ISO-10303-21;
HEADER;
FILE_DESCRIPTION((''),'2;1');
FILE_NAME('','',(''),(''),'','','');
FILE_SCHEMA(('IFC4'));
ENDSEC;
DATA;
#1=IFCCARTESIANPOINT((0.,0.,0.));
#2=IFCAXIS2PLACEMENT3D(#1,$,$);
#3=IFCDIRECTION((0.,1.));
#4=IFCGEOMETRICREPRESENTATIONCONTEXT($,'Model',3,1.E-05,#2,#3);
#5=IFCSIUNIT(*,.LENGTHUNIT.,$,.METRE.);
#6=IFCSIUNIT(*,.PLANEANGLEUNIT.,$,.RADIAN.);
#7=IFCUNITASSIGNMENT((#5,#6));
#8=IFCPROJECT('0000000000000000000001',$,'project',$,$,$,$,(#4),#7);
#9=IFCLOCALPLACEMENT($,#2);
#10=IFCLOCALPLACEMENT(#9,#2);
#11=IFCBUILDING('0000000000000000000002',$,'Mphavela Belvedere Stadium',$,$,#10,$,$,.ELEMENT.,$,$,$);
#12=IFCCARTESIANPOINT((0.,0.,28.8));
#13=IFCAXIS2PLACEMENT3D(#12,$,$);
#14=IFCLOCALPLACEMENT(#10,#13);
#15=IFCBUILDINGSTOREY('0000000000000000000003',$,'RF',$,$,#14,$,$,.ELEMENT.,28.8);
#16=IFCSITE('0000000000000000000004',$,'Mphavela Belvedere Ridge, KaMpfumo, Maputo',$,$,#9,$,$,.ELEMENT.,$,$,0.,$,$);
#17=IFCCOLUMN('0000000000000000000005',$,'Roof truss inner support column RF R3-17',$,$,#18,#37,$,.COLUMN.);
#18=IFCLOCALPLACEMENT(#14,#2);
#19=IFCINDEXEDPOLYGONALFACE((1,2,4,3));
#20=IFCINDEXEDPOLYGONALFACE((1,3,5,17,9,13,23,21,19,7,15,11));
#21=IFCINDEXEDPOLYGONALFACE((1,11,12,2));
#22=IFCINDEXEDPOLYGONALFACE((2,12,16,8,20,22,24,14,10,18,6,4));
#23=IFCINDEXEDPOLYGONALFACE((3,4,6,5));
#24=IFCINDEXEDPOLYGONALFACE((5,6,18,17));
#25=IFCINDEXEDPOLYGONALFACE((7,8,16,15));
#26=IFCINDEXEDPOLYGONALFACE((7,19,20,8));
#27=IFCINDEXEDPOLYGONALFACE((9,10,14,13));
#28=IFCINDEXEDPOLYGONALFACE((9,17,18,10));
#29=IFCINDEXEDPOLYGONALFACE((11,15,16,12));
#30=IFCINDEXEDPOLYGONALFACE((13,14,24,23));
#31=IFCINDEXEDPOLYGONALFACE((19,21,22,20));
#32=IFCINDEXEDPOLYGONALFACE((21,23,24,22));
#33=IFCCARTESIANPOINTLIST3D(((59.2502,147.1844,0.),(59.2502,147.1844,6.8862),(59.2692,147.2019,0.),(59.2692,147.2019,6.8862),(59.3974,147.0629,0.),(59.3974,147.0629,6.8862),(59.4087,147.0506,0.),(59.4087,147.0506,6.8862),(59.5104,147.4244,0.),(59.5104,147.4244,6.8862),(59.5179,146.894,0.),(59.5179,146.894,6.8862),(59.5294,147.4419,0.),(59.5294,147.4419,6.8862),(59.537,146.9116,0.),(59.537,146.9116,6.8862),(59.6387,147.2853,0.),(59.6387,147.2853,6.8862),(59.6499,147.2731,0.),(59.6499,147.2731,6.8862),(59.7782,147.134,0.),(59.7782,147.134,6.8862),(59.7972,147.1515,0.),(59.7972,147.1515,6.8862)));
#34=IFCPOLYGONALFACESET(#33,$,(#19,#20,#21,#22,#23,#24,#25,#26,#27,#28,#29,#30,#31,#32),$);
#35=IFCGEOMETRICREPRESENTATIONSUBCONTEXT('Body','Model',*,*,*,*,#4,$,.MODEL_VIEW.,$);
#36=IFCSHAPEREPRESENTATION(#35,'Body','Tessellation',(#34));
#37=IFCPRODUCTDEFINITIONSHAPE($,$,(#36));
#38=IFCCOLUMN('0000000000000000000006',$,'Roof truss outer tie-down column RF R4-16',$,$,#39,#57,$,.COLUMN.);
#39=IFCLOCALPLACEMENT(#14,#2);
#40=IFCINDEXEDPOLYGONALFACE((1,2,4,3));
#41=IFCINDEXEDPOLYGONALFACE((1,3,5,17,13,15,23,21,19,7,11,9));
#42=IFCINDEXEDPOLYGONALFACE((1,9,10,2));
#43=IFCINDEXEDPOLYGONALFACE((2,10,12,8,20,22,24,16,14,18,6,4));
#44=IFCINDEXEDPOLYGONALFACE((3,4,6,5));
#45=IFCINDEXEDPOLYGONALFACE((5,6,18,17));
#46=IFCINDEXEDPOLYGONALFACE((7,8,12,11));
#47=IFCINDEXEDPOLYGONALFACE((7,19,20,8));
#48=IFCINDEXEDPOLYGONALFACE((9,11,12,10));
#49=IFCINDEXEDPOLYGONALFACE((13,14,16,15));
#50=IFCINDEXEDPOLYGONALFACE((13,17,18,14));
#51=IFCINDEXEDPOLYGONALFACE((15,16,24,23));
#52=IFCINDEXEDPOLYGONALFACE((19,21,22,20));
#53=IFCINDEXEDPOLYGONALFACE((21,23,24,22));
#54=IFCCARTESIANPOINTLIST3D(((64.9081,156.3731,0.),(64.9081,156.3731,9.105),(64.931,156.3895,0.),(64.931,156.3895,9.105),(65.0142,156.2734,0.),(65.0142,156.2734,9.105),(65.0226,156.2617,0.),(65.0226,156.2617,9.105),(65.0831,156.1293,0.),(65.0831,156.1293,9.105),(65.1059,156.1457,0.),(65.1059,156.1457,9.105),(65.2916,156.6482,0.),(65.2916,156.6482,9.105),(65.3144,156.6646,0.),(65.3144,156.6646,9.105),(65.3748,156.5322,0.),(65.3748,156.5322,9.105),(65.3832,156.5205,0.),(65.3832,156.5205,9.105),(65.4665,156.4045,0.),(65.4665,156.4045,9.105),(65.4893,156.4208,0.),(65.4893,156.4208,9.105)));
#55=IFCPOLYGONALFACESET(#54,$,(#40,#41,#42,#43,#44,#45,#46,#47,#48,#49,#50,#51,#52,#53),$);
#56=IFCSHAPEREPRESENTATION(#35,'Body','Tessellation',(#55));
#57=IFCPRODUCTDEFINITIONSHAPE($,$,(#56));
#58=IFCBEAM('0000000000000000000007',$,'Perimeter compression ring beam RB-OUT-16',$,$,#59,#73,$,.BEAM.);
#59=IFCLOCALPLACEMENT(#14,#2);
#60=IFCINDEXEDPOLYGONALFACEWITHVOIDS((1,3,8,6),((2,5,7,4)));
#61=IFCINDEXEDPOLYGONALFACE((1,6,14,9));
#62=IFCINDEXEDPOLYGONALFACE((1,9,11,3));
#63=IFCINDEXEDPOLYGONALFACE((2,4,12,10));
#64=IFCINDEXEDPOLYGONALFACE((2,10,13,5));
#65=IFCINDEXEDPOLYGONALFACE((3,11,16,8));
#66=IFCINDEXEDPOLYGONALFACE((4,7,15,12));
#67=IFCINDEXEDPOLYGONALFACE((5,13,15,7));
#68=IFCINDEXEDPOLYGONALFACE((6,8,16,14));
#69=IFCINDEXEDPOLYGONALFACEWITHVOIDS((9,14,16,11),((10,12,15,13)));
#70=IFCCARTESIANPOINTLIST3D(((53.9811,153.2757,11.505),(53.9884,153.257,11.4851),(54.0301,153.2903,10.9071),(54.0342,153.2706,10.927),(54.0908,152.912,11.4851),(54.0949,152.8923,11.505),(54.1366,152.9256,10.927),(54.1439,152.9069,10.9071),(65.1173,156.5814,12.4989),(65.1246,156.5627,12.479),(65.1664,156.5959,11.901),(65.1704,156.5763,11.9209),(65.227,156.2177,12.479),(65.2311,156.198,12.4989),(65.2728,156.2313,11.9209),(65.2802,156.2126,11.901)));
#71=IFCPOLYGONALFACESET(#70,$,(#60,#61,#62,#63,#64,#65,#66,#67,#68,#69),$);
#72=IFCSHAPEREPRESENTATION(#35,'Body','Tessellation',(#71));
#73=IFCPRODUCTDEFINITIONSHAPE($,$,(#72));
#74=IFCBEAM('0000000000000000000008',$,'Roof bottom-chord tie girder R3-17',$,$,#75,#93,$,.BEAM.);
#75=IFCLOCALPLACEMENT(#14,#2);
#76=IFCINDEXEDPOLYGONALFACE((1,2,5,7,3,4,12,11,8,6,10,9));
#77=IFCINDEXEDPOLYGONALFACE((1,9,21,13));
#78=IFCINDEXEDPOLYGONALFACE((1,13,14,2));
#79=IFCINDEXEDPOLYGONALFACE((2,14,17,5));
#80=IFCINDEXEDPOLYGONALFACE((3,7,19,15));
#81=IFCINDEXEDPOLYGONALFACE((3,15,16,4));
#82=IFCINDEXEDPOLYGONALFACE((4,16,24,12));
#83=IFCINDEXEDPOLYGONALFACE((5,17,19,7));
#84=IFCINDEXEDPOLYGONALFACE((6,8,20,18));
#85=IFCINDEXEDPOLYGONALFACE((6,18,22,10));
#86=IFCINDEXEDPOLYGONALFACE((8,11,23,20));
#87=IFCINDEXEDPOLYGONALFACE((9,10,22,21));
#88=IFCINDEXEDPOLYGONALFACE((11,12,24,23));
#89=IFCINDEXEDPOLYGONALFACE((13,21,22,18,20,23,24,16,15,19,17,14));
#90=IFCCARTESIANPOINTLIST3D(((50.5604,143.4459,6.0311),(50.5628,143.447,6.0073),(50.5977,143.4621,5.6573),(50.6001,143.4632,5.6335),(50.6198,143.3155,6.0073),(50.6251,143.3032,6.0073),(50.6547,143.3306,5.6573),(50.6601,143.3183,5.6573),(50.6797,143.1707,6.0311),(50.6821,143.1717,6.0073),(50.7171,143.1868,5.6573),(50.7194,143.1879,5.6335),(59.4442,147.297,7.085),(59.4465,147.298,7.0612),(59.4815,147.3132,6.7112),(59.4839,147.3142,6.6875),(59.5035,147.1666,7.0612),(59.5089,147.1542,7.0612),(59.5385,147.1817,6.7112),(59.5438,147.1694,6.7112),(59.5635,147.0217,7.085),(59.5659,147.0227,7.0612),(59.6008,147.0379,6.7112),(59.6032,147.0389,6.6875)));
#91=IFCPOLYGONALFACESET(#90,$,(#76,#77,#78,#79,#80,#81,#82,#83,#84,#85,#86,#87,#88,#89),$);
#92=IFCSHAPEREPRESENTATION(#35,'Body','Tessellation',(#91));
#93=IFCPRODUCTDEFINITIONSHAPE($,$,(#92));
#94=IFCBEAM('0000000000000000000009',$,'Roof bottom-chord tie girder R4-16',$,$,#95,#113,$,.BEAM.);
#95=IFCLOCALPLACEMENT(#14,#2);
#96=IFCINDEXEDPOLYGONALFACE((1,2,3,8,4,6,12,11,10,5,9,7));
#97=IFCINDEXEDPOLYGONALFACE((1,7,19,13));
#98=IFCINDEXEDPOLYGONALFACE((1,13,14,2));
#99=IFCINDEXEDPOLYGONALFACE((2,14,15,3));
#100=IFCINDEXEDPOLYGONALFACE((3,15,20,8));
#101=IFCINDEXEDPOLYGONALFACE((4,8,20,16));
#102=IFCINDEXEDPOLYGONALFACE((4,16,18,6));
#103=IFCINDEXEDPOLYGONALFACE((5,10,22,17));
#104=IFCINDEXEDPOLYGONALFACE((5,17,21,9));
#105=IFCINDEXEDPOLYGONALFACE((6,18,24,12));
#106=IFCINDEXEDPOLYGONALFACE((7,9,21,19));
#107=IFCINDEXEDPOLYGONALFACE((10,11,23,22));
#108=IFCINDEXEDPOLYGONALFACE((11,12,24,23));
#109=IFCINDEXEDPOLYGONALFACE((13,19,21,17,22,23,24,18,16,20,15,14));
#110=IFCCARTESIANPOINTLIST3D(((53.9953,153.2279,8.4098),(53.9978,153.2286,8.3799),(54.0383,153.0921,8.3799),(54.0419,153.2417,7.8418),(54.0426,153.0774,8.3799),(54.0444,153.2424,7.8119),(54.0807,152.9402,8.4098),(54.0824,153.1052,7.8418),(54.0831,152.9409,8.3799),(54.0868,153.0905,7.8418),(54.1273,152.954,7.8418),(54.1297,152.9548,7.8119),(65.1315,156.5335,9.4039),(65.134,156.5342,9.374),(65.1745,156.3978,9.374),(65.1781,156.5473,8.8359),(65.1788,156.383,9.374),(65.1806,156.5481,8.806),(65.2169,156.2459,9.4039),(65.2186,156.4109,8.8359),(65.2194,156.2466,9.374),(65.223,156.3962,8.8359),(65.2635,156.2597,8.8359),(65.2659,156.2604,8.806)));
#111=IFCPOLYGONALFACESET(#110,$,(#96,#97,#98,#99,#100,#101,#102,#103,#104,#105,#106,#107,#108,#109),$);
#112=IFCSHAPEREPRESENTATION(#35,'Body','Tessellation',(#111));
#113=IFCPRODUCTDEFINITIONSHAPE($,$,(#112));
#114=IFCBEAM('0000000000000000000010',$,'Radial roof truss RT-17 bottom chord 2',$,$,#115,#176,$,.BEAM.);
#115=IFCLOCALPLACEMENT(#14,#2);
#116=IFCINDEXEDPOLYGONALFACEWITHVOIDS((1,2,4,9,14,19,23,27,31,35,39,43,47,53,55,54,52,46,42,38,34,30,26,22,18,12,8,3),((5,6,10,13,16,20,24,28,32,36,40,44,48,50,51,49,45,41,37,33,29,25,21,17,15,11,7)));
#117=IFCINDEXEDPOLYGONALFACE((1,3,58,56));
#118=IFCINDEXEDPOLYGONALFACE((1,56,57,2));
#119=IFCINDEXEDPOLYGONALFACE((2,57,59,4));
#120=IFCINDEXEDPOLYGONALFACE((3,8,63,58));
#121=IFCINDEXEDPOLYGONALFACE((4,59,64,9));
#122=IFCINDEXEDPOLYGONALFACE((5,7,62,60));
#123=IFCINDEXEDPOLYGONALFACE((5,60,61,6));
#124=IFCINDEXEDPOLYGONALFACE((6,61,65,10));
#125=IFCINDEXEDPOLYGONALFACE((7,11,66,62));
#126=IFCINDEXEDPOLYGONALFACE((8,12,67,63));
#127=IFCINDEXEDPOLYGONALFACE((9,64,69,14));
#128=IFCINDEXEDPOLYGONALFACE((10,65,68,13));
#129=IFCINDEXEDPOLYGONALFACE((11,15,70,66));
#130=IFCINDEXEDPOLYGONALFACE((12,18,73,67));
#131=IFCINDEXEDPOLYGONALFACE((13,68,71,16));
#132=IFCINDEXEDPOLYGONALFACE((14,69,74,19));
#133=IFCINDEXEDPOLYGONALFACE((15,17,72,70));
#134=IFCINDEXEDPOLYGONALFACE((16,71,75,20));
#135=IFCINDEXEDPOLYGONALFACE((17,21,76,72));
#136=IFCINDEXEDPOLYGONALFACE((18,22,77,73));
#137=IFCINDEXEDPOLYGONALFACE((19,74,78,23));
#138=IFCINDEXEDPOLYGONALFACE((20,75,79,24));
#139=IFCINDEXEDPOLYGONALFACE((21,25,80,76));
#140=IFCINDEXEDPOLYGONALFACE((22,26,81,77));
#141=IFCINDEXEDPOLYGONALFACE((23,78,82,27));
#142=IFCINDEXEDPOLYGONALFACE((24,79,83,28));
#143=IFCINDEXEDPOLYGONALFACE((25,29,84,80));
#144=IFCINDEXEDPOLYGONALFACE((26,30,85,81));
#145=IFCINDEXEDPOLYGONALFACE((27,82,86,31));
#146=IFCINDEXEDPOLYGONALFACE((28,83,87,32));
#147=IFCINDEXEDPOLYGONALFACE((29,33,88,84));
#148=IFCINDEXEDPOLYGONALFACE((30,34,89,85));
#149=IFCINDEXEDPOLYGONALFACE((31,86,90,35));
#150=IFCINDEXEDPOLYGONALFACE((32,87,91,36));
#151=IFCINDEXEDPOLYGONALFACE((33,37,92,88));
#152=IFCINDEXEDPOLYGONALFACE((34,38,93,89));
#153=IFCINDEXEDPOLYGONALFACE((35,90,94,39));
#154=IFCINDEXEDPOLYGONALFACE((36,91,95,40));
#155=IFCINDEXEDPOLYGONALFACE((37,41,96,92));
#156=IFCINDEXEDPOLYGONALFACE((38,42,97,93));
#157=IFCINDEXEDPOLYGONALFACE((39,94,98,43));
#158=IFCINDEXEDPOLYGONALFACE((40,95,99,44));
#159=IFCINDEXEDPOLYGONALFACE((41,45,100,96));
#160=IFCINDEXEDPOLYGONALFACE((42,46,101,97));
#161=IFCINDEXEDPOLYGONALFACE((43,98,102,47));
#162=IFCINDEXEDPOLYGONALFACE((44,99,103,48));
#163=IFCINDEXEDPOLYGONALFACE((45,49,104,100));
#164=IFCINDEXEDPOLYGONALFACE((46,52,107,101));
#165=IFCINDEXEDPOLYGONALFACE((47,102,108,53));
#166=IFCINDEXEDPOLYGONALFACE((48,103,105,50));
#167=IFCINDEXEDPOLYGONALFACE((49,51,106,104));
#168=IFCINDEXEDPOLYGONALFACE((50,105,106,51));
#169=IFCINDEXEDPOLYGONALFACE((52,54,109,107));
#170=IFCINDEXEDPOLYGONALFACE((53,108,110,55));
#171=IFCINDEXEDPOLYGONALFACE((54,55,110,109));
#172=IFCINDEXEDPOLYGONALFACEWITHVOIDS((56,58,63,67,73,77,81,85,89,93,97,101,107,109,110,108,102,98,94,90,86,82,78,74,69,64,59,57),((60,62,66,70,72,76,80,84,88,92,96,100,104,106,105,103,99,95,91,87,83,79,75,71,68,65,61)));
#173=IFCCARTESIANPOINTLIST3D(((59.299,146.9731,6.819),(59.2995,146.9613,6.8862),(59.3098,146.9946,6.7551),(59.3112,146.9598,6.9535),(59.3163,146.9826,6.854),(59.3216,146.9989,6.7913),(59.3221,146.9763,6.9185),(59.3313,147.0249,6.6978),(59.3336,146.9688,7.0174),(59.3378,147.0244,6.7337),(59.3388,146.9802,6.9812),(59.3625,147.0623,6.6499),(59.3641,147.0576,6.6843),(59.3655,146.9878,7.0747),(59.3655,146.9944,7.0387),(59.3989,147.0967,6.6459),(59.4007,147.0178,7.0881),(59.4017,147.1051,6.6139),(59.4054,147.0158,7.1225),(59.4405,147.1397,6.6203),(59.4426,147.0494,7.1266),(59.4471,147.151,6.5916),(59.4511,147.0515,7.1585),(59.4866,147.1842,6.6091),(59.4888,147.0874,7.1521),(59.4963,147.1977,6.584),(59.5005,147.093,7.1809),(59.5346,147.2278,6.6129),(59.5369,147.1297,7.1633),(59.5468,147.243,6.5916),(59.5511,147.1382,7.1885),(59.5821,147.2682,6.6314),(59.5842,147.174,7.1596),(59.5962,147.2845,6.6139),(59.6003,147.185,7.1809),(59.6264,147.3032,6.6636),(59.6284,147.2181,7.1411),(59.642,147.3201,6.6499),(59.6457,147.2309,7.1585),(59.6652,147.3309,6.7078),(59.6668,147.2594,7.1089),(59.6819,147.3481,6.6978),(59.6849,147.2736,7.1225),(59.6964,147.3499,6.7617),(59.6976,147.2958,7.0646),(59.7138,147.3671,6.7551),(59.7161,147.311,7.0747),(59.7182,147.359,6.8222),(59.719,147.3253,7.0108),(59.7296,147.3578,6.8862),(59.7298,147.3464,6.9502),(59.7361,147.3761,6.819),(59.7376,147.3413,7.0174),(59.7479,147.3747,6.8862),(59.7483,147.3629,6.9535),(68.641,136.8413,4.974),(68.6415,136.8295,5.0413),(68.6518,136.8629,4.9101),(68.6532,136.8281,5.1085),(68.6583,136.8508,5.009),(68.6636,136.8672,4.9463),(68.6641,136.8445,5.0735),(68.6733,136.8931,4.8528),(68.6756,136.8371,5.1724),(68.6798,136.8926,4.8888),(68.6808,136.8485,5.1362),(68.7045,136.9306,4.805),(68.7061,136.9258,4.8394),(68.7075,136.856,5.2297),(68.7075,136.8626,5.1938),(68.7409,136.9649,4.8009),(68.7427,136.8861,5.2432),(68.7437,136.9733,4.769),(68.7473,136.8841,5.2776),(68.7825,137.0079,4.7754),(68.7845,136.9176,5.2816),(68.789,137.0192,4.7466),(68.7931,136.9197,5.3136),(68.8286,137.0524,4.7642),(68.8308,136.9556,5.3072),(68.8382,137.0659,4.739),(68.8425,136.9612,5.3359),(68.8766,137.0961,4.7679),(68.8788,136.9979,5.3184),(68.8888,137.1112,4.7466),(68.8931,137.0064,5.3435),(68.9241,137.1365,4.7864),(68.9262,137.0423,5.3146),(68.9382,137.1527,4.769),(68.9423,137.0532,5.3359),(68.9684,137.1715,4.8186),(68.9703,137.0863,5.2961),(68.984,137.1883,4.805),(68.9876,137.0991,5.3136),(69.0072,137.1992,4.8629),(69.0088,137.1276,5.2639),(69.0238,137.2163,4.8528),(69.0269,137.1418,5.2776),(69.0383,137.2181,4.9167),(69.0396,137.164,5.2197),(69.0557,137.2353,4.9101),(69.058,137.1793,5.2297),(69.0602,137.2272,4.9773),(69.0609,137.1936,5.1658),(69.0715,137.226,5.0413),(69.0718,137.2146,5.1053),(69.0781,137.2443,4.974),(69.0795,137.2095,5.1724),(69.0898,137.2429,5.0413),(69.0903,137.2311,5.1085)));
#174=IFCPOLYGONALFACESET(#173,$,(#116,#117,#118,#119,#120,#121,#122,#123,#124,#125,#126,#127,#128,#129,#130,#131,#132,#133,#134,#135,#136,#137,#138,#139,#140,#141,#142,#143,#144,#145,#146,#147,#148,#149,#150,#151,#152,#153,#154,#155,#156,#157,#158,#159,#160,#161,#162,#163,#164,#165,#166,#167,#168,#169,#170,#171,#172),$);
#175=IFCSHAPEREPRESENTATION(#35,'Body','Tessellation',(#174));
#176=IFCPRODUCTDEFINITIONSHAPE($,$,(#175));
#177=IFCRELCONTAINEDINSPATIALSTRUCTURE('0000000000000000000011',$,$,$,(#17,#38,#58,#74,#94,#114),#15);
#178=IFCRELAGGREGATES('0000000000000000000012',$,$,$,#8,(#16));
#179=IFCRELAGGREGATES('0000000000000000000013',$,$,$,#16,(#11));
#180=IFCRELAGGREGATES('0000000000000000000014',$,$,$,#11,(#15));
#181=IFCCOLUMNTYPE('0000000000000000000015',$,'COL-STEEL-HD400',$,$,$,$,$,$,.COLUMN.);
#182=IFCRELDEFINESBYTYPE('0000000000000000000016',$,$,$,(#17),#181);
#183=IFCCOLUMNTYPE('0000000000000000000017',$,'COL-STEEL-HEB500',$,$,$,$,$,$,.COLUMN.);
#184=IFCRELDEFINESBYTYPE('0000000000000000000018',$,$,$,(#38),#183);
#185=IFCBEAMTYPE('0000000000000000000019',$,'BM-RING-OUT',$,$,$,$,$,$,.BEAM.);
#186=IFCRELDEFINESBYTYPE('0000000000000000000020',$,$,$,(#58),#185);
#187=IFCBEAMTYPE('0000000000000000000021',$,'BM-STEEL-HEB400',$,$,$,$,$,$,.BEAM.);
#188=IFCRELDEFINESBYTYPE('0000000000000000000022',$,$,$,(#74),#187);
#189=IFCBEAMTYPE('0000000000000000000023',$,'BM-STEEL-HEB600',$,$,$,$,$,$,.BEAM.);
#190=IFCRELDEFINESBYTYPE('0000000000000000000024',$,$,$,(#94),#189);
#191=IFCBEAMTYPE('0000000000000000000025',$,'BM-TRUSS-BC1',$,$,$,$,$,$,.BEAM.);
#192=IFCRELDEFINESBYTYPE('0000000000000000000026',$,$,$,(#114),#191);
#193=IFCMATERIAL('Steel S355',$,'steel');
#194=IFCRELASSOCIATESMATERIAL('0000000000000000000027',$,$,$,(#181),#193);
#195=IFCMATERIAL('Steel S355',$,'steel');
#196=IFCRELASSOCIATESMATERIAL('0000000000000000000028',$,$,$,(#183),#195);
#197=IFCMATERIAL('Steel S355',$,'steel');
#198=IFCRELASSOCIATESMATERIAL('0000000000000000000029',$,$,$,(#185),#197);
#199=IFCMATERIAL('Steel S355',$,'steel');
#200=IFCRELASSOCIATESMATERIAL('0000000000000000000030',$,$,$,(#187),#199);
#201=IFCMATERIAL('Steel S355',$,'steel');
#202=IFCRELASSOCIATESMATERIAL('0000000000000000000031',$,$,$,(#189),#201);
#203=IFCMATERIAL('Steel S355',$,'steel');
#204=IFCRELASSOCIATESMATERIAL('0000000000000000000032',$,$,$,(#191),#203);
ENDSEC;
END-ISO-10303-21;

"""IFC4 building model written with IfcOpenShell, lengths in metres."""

from ifc_helpers import new_model, si_unit, direction, frame, origin, origin_2d, place, context, subcontext, project, spatial, hollow_rectangle, hollow_circle, i_section, extrude, material, material_profile, profile_set, type_object, element, save


model = new_model("IFC4")

# Units and contexts
model_context = context("Model", 3, precision=1e-05, world=origin(), true_north=direction((0.0, 1.0)))
body_context = subcontext(model_context, "Body", "Model", "MODEL_VIEW")
ifc_project = project(units=[si_unit("LENGTHUNIT", "METRE"), si_unit("PLANEANGLEUNIT", "RADIAN")], contexts=[model_context])

# Site, building, storey
site_placement = place(None, origin())
site = spatial("IfcSite", under=ifc_project, at=site_placement, Name="Mphavela Belvedere Ridge, KaMpfumo, Maputo", CompositionType="ELEMENT", RefElevation=0.0)
building_placement = place(site_placement, origin())
building = spatial("IfcBuilding", under=site, at=building_placement, Name="Mphavela Belvedere Stadium", CompositionType="ELEMENT")
storey_placement = place(building_placement, frame((0.0, 0.0, 28.8)))
storey = spatial("IfcBuildingStorey", under=building, at=storey_placement, Name="RF", CompositionType="ELEMENT", Elevation=28.8)

# Columns
ifc_material_1 = material(Name="Steel S355", Category="steel")
ifc_material_profile_1 = material_profile(ifc_material_1, i_section(OverallWidth=0.395, OverallDepth=0.3799, WebThickness=0.0166, FlangeThickness=0.0259, at=origin_2d()), Name="HD 400x237")
ifc_profile_set_1 = profile_set([ifc_material_profile_1], Name="Steel S355")
column_type_1 = type_object("IfcColumnType", Name="COL-STEEL-HD400", PredefinedType="COLUMN", material=ifc_profile_set_1)
column_1_placement = place(storey_placement, frame((59.5237, 147.168, 0.0), z_axis=(0.0, 0.0, 1.0), x_axis=(-0.677903, 0.735151, 0.0)))
element("IfcColumn", 1, at=column_1_placement, inside=storey, type_object=column_type_1, Name="Roof truss inner support column RF R3-17", PredefinedType="COLUMN", context=body_context, shape_type="SweptSolid", body=[
    extrude(i_section(OverallWidth=0.395, OverallDepth=0.3799, WebThickness=0.0166, FlangeThickness=0.0259, at=origin_2d()), origin(), (0.0, 0.0, 1.0), 6.8862),
])
ifc_material_2 = material(Name="Steel S355", Category="steel")
ifc_material_profile_2 = material_profile(ifc_material_2, i_section(OverallWidth=0.3, OverallDepth=0.5, WebThickness=0.0144, FlangeThickness=0.0281, at=origin_2d()), Name="HEB 500")
ifc_profile_set_2 = profile_set([ifc_material_profile_2], Name="Steel S355")
column_type_2 = type_object("IfcColumnType", Name="COL-STEEL-HEB500", PredefinedType="COLUMN", material=ifc_profile_set_2)
column_2_placement = place(storey_placement, frame((65.1987, 156.397, 0.0), z_axis=(0.0, 0.0, 1.0), x_axis=(-0.582974, 0.812491, 0.0)))
element("IfcColumn", 2, at=column_2_placement, inside=storey, type_object=column_type_2, Name="Roof truss outer tie-down column RF R4-16", PredefinedType="COLUMN", context=body_context, shape_type="SweptSolid", body=[
    extrude(i_section(OverallWidth=0.3, OverallDepth=0.5, WebThickness=0.0144, FlangeThickness=0.0281, at=origin_2d()), origin(), (0.0, 0.0, 1.0), 9.105),
])

# Beams
ifc_material_3 = material(Name="Steel S355", Category="steel")
ifc_material_profile_3 = material_profile(ifc_material_3, hollow_rectangle(XDim=0.3999, YDim=0.6001, WallThickness=0.02, at=origin_2d()), Name="RHS 600x400x20")
ifc_profile_set_3 = profile_set([ifc_material_profile_3], Name="Steel S355")
beam_type_1 = type_object("IfcBeamType", Name="BM-RING-OUT", PredefinedType="BEAM", material=ifc_profile_set_3)
beam_1_placement = place(storey_placement, frame((65.1987, 156.397, 12.2), z_axis=(-0.955167, -0.28353, -0.085248), x_axis=(0.284566, -0.958656, 0.0)))
element("IfcBeam", 3, at=beam_1_placement, inside=storey, type_object=beam_type_1, Name="Perimeter compression ring beam RB-OUT-16", PredefinedType="BEAM", context=body_context, shape_type="SweptSolid", body=[
    extrude(hollow_rectangle(XDim=0.3999, YDim=0.6001, WallThickness=0.02, at=origin_2d()), origin(), (0.0, 0.0, 1.0), 11.6589),
])
ifc_material_4 = material(Name="Steel S355", Category="steel")
ifc_material_profile_4 = material_profile(ifc_material_4, i_section(OverallWidth=0.3, OverallDepth=0.3999, WebThickness=0.0134, FlangeThickness=0.0239, at=origin_2d()), Name="HEB 400")
ifc_profile_set_4 = profile_set([ifc_material_profile_4], Name="Steel S355")
beam_type_2 = type_object("IfcBeamType", Name="BM-STEEL-HEB400", PredefinedType="BEAM", material=ifc_profile_set_4)
beam_2_placement = place(storey_placement, frame((59.5237, 147.168, 6.8862), z_axis=(-0.912114, -0.395396, -0.108211), x_axis=(0.397732, -0.917502, 0.0)))
element("IfcBeam", 4, at=beam_2_placement, inside=storey, type_object=beam_type_2, Name="Roof bottom-chord tie girder R3-17", PredefinedType="BEAM", context=body_context, shape_type="SweptSolid", body=[
    extrude(i_section(OverallWidth=0.3, OverallDepth=0.3999, WebThickness=0.0134, FlangeThickness=0.0239, at=origin_2d()), origin(), (0.0, 0.0, 1.0), 9.7397),
])
ifc_material_5 = material(Name="Steel S355", Category="steel")
ifc_material_profile_5 = material_profile(ifc_material_5, i_section(OverallWidth=0.3, OverallDepth=0.6001, WebThickness=0.0154, FlangeThickness=0.03, at=origin_2d()), Name="HEB 600")
ifc_profile_set_5 = profile_set([ifc_material_profile_5], Name="Steel S355")
beam_type_3 = type_object("IfcBeamType", Name="BM-STEEL-HEB600", PredefinedType="BEAM", material=ifc_profile_set_5)
beam_3_placement = place(storey_placement, frame((65.1987, 156.397, 9.105), z_axis=(-0.955165, -0.28353, -0.085268), x_axis=(0.284566, -0.958656, 0.0)))
element("IfcBeam", 5, at=beam_3_placement, inside=storey, type_object=beam_type_3, Name="Roof bottom-chord tie girder R4-16", PredefinedType="BEAM", context=body_context, shape_type="SweptSolid", body=[
    extrude(i_section(OverallWidth=0.3, OverallDepth=0.6001, WebThickness=0.0154, FlangeThickness=0.03, at=origin_2d()), origin(), (0.0, 0.0, 1.0), 11.6589),
])
ifc_material_6 = material(Name="Steel S355", Category="steel")
ifc_material_profile_6 = material_profile(ifc_material_6, hollow_circle(Radius=0.3049, WallThickness=0.0249, at=origin_2d()), Name="CHS 610x25")
ifc_profile_set_6 = profile_set([ifc_material_profile_6], Name="Steel S355")
beam_type_4 = type_object("IfcBeamType", Name="BM-TRUSS-BC1", PredefinedType="BEAM", material=ifc_profile_set_6)
beam_4_placement = place(storey_placement, frame((59.5237, 147.168, 6.8862), z_axis=(0.671878, -0.72868, -0.13269), x_axis=(0.73518, 0.677872, 0.0)))
element("IfcBeam", 6, at=beam_4_placement, inside=storey, type_object=beam_type_4, Name="Radial roof truss RT-17 bottom chord 2", PredefinedType="BEAM", context=body_context, shape_type="SweptSolid", body=[
    extrude(hollow_circle(Radius=0.3049, WallThickness=0.0249, at=origin_2d()), origin(), (0.0, 0.0, 1.0), 13.9043),
])

save(model, "model.ifc")
